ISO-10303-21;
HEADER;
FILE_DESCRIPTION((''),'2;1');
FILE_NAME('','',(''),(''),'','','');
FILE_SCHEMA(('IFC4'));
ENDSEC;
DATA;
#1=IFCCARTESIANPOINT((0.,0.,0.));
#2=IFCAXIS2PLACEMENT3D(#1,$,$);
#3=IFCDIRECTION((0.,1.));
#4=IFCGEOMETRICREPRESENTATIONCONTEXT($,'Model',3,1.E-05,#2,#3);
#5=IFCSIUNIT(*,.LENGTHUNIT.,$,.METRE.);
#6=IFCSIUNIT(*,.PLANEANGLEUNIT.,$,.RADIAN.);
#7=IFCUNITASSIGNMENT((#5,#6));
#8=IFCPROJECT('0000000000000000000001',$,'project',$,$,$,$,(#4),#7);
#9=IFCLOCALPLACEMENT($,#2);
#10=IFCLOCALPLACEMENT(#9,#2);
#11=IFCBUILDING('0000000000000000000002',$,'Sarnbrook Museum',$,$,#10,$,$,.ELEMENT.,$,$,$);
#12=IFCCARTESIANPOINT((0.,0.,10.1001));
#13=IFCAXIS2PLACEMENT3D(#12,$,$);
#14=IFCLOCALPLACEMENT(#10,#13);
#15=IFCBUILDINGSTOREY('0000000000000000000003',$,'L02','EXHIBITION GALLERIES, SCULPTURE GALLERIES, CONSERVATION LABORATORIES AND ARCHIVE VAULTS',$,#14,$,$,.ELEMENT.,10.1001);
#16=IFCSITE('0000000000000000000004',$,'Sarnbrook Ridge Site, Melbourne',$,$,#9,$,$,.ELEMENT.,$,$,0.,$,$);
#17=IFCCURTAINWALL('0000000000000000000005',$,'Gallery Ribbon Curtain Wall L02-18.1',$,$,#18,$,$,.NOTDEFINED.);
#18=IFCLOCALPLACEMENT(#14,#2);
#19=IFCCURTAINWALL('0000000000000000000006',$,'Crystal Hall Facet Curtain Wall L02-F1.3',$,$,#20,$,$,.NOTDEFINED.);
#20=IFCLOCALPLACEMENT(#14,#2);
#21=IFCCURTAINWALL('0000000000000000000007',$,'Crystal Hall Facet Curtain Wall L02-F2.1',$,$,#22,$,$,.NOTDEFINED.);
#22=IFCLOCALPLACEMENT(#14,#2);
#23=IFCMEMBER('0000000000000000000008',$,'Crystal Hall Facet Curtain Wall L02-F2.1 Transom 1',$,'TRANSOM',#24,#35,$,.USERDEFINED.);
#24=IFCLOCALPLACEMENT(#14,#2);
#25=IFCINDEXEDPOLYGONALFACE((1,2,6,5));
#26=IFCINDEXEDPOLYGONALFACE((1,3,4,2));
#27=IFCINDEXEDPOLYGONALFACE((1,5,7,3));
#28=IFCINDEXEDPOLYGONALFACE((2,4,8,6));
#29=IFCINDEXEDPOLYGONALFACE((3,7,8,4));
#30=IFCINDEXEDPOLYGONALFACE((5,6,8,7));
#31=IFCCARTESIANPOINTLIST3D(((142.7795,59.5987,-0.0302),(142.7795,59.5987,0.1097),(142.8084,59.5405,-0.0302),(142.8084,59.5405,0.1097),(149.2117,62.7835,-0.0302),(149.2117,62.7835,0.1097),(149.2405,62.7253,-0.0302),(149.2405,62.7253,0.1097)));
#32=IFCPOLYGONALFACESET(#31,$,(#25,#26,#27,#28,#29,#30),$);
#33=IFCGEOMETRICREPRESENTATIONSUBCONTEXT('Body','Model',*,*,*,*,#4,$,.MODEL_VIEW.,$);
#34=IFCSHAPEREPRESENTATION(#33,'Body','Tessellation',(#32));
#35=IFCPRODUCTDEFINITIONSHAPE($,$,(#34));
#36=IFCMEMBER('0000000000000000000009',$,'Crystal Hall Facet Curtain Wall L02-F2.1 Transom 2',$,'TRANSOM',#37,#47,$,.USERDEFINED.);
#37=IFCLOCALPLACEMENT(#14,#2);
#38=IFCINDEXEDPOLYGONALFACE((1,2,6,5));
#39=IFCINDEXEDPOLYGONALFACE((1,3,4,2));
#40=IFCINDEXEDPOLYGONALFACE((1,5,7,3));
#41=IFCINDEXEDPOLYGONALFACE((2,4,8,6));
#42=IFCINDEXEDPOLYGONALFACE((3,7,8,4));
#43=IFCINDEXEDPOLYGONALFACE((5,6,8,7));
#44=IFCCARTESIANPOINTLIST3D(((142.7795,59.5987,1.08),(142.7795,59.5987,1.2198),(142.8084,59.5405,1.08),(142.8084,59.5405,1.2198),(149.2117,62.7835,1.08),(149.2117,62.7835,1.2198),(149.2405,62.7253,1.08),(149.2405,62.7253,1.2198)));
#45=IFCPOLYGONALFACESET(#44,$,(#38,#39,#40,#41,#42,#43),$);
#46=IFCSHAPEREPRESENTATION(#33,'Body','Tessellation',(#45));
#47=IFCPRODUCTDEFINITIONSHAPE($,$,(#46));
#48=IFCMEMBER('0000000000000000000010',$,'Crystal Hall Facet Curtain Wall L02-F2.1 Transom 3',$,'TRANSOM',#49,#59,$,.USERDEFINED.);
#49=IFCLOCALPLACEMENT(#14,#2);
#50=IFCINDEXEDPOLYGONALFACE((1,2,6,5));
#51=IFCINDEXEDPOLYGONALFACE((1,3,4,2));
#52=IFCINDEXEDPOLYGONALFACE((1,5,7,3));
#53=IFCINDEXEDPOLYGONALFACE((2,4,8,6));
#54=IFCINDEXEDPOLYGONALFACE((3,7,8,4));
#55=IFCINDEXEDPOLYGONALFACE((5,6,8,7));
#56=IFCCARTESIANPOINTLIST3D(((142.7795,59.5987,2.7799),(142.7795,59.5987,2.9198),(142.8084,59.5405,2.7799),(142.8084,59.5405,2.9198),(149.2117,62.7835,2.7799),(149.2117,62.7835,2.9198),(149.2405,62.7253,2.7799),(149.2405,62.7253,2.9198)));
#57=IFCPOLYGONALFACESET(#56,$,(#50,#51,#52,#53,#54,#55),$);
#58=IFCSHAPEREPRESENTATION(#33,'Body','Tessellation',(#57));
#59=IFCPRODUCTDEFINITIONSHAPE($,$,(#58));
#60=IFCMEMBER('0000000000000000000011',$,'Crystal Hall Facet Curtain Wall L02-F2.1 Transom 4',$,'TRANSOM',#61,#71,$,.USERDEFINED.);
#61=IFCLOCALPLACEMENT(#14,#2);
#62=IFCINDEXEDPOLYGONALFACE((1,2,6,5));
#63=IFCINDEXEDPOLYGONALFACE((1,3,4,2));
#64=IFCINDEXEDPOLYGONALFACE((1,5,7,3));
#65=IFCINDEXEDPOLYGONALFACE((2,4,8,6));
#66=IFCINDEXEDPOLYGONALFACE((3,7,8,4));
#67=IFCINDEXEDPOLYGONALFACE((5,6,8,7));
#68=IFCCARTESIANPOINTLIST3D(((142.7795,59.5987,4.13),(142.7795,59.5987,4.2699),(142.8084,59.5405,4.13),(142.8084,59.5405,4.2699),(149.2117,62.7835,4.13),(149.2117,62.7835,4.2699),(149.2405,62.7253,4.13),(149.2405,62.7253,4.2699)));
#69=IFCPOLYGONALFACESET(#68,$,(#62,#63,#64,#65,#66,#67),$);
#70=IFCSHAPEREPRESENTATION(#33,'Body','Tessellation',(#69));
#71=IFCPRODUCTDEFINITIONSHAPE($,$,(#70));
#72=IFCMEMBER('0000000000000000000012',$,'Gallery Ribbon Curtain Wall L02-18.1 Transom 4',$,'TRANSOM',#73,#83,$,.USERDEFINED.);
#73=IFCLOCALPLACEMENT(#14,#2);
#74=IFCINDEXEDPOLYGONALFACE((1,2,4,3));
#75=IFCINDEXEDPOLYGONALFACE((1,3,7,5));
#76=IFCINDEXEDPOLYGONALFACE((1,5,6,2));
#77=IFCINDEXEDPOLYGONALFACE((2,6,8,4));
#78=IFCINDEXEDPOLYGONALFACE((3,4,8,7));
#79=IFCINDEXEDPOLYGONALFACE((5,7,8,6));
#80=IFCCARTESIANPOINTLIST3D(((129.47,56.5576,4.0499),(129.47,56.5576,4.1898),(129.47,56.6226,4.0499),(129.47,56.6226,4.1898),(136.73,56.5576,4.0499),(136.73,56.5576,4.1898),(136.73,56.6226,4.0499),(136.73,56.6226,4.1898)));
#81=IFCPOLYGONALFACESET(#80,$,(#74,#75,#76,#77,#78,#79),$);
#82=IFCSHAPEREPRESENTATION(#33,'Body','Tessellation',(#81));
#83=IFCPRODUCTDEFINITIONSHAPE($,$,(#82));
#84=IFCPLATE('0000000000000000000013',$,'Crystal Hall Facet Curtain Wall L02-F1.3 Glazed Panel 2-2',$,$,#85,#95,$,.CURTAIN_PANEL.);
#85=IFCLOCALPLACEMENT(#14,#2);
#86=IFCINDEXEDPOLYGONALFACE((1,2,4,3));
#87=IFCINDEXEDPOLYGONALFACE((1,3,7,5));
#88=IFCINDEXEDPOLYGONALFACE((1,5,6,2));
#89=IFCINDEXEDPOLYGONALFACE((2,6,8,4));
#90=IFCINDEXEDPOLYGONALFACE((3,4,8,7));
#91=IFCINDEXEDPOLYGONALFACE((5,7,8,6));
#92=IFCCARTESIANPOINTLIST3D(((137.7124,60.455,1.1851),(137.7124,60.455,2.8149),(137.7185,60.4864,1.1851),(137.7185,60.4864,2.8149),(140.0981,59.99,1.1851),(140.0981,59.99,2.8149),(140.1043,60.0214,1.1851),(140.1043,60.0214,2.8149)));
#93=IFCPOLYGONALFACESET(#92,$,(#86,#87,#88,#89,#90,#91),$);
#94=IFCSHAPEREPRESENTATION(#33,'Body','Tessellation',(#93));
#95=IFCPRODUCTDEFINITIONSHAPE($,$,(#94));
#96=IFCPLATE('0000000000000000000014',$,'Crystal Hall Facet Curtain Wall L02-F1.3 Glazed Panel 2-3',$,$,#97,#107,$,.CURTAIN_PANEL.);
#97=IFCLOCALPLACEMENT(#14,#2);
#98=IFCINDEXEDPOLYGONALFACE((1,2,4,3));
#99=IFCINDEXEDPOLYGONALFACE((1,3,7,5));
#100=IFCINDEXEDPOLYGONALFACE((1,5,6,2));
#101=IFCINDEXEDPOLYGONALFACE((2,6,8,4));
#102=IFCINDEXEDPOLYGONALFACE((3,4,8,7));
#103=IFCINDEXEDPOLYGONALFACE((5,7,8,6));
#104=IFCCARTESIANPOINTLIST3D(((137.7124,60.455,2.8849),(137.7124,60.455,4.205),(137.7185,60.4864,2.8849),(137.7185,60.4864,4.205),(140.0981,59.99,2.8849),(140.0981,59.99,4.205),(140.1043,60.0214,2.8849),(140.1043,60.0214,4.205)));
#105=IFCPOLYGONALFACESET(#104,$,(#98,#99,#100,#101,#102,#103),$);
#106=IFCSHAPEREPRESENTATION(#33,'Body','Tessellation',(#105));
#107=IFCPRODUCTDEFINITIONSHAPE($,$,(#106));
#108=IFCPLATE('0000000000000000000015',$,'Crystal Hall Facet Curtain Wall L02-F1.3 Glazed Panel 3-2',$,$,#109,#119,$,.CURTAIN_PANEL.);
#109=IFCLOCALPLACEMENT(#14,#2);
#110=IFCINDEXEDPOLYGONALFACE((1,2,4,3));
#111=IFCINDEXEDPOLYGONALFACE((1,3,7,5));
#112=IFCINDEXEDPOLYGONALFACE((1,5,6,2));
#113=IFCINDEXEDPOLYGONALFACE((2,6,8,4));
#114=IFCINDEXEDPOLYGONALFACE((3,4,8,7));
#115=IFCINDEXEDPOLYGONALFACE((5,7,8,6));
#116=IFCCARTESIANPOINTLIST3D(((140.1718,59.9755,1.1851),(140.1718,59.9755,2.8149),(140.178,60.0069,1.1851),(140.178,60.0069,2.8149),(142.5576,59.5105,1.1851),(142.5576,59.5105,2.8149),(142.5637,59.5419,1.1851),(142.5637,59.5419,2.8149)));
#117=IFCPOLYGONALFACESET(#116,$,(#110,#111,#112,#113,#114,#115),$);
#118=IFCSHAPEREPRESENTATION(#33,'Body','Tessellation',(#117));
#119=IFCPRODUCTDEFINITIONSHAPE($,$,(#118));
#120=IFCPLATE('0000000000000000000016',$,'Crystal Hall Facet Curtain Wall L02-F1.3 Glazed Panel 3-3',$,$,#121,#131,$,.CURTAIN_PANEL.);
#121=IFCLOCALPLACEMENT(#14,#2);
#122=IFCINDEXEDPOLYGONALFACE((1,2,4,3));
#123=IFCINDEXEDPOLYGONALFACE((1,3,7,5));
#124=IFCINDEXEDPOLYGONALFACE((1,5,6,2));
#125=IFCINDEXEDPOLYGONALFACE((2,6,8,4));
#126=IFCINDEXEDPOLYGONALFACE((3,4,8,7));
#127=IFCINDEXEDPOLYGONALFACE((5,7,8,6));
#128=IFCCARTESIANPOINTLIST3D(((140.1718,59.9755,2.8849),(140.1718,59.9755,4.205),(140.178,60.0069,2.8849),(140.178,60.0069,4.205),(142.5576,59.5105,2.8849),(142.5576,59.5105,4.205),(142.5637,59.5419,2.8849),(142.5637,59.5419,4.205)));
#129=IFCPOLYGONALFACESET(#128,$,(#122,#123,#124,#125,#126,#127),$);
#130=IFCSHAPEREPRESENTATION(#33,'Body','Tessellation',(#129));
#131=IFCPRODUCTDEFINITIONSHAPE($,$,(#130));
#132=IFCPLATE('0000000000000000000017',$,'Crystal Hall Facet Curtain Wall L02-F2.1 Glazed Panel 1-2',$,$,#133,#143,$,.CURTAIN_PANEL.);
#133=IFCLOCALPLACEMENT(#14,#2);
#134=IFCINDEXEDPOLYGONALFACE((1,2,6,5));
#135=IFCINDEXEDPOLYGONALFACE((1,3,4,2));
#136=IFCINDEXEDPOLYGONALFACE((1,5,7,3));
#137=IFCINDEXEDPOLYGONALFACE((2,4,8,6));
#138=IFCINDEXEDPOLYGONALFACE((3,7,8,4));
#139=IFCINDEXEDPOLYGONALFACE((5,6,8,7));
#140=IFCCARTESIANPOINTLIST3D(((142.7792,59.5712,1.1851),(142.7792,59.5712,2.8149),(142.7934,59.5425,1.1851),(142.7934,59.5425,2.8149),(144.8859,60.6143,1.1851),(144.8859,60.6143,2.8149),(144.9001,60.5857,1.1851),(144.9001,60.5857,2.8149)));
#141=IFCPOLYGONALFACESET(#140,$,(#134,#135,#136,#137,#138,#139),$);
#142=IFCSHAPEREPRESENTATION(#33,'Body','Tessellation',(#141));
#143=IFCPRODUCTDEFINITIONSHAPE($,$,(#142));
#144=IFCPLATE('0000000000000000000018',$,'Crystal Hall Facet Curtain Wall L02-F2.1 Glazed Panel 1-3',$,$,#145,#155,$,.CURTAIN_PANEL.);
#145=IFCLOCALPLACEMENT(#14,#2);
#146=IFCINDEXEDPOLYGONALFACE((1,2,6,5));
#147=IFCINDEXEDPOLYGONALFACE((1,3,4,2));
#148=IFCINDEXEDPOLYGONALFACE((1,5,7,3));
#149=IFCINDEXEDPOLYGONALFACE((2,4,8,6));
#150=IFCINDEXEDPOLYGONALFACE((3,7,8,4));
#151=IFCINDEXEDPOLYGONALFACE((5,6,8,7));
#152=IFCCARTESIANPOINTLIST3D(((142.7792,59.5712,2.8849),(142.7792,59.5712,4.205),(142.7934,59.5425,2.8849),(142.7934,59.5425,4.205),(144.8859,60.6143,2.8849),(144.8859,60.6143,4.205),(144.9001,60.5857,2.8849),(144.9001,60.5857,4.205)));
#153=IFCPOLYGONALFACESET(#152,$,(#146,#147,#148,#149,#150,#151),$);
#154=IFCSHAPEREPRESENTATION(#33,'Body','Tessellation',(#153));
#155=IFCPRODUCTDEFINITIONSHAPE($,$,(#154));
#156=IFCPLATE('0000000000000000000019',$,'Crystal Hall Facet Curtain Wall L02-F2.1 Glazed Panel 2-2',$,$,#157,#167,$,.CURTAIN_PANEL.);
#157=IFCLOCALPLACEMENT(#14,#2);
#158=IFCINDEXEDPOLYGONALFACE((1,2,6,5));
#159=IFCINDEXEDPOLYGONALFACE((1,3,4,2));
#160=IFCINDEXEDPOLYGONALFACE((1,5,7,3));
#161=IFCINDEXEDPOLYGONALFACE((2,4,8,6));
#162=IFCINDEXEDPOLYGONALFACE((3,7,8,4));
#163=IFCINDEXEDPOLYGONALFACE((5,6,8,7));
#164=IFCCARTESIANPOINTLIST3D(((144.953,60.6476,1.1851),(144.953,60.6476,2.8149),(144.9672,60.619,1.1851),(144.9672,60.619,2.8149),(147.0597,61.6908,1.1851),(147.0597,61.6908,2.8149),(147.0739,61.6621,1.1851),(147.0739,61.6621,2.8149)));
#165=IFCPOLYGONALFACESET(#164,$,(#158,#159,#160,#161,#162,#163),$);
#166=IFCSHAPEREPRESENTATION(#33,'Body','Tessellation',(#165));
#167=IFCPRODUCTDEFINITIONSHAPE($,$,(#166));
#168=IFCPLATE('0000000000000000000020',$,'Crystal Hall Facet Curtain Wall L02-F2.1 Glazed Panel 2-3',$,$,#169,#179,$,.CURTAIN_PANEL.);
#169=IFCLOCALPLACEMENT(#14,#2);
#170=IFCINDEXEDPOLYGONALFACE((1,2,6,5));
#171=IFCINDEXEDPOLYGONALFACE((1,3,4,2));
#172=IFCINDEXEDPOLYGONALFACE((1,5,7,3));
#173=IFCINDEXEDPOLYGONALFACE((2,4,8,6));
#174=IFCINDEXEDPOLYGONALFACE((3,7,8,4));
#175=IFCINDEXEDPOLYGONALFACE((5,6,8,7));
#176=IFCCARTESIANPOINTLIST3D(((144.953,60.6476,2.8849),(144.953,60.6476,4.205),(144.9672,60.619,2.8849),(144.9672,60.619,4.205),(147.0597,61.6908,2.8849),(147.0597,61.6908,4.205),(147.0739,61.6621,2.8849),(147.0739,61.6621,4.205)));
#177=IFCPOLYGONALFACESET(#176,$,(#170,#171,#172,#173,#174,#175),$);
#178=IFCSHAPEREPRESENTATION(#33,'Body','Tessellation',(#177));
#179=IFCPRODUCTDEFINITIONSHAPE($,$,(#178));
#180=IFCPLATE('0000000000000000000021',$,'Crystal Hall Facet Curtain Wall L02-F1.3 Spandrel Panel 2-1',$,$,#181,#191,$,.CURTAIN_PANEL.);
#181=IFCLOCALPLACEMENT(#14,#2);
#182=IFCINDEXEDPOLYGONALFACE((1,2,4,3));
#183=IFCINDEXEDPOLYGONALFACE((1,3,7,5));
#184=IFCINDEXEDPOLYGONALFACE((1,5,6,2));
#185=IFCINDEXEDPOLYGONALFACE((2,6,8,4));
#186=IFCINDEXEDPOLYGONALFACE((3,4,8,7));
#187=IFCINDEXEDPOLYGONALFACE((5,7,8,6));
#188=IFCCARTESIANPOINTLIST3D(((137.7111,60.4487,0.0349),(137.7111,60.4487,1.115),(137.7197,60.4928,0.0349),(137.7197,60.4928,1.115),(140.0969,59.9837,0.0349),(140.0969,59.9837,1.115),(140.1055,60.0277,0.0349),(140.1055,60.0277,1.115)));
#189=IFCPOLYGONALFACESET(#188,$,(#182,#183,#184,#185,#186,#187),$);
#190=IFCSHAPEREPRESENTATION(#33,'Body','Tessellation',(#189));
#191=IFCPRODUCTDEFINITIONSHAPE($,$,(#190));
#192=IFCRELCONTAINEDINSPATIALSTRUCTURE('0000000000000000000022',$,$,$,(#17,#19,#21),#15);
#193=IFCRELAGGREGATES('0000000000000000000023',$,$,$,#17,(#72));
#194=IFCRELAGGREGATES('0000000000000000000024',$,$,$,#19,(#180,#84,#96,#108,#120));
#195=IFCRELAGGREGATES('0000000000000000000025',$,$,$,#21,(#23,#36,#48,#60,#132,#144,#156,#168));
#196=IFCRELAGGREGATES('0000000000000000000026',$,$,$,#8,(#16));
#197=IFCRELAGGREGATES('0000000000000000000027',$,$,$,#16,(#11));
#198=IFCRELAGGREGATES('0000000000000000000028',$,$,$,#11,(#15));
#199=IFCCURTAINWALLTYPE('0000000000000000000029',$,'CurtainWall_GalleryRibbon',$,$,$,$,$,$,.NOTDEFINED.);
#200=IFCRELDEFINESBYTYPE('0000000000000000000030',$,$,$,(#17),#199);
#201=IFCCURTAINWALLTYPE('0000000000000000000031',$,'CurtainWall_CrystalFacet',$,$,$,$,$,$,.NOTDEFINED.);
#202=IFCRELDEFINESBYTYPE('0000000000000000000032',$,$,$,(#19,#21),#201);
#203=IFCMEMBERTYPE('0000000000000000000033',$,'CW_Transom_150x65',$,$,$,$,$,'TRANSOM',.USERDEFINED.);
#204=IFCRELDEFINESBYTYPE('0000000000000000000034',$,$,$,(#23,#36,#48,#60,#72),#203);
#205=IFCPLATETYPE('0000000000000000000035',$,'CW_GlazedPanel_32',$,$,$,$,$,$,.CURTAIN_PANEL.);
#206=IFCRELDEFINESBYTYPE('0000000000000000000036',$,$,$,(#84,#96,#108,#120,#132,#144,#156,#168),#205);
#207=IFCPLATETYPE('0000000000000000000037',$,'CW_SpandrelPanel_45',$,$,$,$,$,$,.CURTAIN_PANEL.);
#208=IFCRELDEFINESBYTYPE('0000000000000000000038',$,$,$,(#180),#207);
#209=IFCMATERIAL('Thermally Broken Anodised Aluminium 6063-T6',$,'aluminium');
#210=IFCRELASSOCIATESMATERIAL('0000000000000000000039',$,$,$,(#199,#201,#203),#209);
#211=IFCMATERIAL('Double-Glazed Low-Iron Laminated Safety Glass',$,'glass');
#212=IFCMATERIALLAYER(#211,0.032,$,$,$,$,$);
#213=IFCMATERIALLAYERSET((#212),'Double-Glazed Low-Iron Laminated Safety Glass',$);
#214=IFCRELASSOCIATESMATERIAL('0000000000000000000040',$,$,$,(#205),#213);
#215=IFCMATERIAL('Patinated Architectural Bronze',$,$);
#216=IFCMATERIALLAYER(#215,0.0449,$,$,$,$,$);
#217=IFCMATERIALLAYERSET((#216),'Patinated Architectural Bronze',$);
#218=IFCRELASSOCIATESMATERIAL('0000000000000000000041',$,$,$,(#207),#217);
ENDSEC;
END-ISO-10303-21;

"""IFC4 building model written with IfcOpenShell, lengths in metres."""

from ifc_helpers import new_model, si_unit, direction, frame, origin, origin_2d, place, context, subcontext, project, spatial, rectangle, extrude, material, layer, layer_set, material_profile, profile_set, type_object, element, aggregate, save


model = new_model("IFC4")

# Units and contexts
model_context = context("Model", 3, precision=1e-05, world=origin(), true_north=direction((0.0, 1.0)))
body_context = subcontext(model_context, "Body", "Model", "MODEL_VIEW")
ifc_project = project(units=[si_unit("LENGTHUNIT", "METRE"), si_unit("PLANEANGLEUNIT", "RADIAN")], contexts=[model_context])

# Site, building, storey
site_placement = place(None, origin())
site = spatial("IfcSite", under=ifc_project, at=site_placement, Name="Sarnbrook Ridge Site, Melbourne", CompositionType="ELEMENT", RefElevation=0.0)
building_placement = place(site_placement, origin())
building = spatial("IfcBuilding", under=site, at=building_placement, Name="Sarnbrook Museum", CompositionType="ELEMENT")
storey_placement = place(building_placement, frame((0.0, 0.0, 10.1001)))
storey = spatial("IfcBuildingStorey", under=building, at=storey_placement, Name="L02", Description="EXHIBITION GALLERIES, SCULPTURE GALLERIES, CONSERVATION LABORATORIES AND ARCHIVE VAULTS", CompositionType="ELEMENT", Elevation=10.1001)

# Curtain wall
ifc_material_1 = material(Name="Thermally Broken Anodised Aluminium 6063-T6", Category="aluminium")
curtain_wall_type_1 = type_object("IfcCurtainWallType", Name="CurtainWall_GalleryRibbon", PredefinedType="NOTDEFINED", material=ifc_material_1)
curtain_wall_1_placement = place(storey_placement, origin())
curtain_wall_1 = element("IfcCurtainWall", 1, at=curtain_wall_1_placement, inside=storey, type_object=curtain_wall_type_1, Name="Gallery Ribbon Curtain Wall L02-18.1", PredefinedType="NOTDEFINED")

# Curtain walls, members
curtain_wall_type_2 = type_object("IfcCurtainWallType", Name="CurtainWall_CrystalFacet", PredefinedType="NOTDEFINED", material=ifc_material_1)
curtain_wall_2_placement = place(storey_placement, origin())
curtain_wall_2 = element("IfcCurtainWall", 2, at=curtain_wall_2_placement, inside=storey, type_object=curtain_wall_type_2, Name="Crystal Hall Facet Curtain Wall L02-F1.3", PredefinedType="NOTDEFINED")
curtain_wall_3_placement = place(storey_placement, origin())
curtain_wall_3 = element("IfcCurtainWall", 3, at=curtain_wall_3_placement, inside=storey, type_object=curtain_wall_type_2, Name="Crystal Hall Facet Curtain Wall L02-F2.1", PredefinedType="NOTDEFINED")
ifc_material_profile_1 = material_profile(ifc_material_1, rectangle(XDim=0.0649, YDim=0.1399, at=origin_2d()), Name="ALU TRANSOM 65x140")
ifc_profile_set_1 = profile_set([ifc_material_profile_1], Name="Thermally Broken Anodised Aluminium 6063-T6")
member_type_1 = type_object("IfcMemberType", Name="CW_Transom_150x65", ElementType="TRANSOM", PredefinedType="USERDEFINED", material=ifc_profile_set_1)
member_1_placement = place(storey_placement, frame((142.7939, 59.5696, 0.0398), z_axis=(0.896162, 0.443727, 0.0), x_axis=(-0.443727, 0.896162, 0.0)))
member_1 = element("IfcMember", 4, at=member_1_placement, type_object=member_type_1, Name="Crystal Hall Facet Curtain Wall L02-F2.1 Transom 1", ObjectType="TRANSOM", PredefinedType="USERDEFINED", context=body_context, shape_type="SweptSolid", body=[
    extrude(rectangle(XDim=0.0649, YDim=0.1399, at=origin_2d()), origin(), (0.0, 0.0, 1.0), 7.1775),
])
member_2_placement = place(storey_placement, frame((142.7939, 59.5696, 1.1499), z_axis=(0.896162, 0.443727, 0.0), x_axis=(-0.443727, 0.896162, 0.0)))
member_2 = element("IfcMember", 5, at=member_2_placement, type_object=member_type_1, Name="Crystal Hall Facet Curtain Wall L02-F2.1 Transom 2", ObjectType="TRANSOM", PredefinedType="USERDEFINED", context=body_context, shape_type="SweptSolid", body=[
    extrude(rectangle(XDim=0.0649, YDim=0.1399, at=origin_2d()), origin(), (0.0, 0.0, 1.0), 7.1775),
])
member_3_placement = place(storey_placement, frame((142.7939, 59.5696, 2.8499), z_axis=(0.896162, 0.443727, 0.0), x_axis=(-0.443727, 0.896162, 0.0)))
member_3 = element("IfcMember", 6, at=member_3_placement, type_object=member_type_1, Name="Crystal Hall Facet Curtain Wall L02-F2.1 Transom 3", ObjectType="TRANSOM", PredefinedType="USERDEFINED", context=body_context, shape_type="SweptSolid", body=[
    extrude(rectangle(XDim=0.0649, YDim=0.1399, at=origin_2d()), origin(), (0.0, 0.0, 1.0), 7.1775),
])
member_4_placement = place(storey_placement, frame((142.7939, 59.5696, 4.2), z_axis=(0.896162, 0.443727, 0.0), x_axis=(-0.443727, 0.896162, 0.0)))
member_4 = element("IfcMember", 7, at=member_4_placement, type_object=member_type_1, Name="Crystal Hall Facet Curtain Wall L02-F2.1 Transom 4", ObjectType="TRANSOM", PredefinedType="USERDEFINED", context=body_context, shape_type="SweptSolid", body=[
    extrude(rectangle(XDim=0.0649, YDim=0.1399, at=origin_2d()), origin(), (0.0, 0.0, 1.0), 7.1775),
])

# Member
member_5_placement = place(storey_placement, frame((136.73, 56.5901, 4.1199), z_axis=(-1.0, 0.0, 0.0), x_axis=(0.0, -1.0, 0.0)))
member_5 = element("IfcMember", 8, at=member_5_placement, type_object=member_type_1, Name="Gallery Ribbon Curtain Wall L02-18.1 Transom 4", ObjectType="TRANSOM", PredefinedType="USERDEFINED", context=body_context, shape_type="SweptSolid", body=[
    extrude(rectangle(XDim=0.0649, YDim=0.1399, at=origin_2d()), origin(), (0.0, 0.0, 1.0), 7.26),
])
aggregate(curtain_wall_1, [member_5])

# Plates
ifc_material_2 = material(Name="Double-Glazed Low-Iron Laminated Safety Glass", Category="glass")
ifc_layer_1 = layer(ifc_material_2, 0.032)
ifc_layer_set_1 = layer_set([ifc_layer_1], Name="Double-Glazed Low-Iron Laminated Safety Glass")
plate_type_1 = type_object("IfcPlateType", Name="CW_GlazedPanel_32", PredefinedType="CURTAIN_PANEL", material=ifc_layer_set_1)
plate_1_placement = place(storey_placement, frame((138.9114, 60.2539, 2.0), z_axis=(-0.191313, -0.981529, 0.0), x_axis=(0.981529, -0.191313, 0.0)))
plate_1 = element("IfcPlate", 9, at=plate_1_placement, type_object=plate_type_1, Name="Crystal Hall Facet Curtain Wall L02-F1.3 Glazed Panel 2-2", PredefinedType="CURTAIN_PANEL", context=body_context, shape_type="SweptSolid", body=[
    extrude(rectangle(XDim=2.4307, YDim=1.6299, at=origin_2d()), origin(), (0.0, 0.0, 1.0), 0.032),
])
plate_2_placement = place(storey_placement, frame((138.9114, 60.2539, 3.5449), z_axis=(-0.191313, -0.981529, 0.0), x_axis=(0.981529, -0.191313, 0.0)))
plate_2 = element("IfcPlate", 10, at=plate_2_placement, type_object=plate_type_1, Name="Crystal Hall Facet Curtain Wall L02-F1.3 Glazed Panel 2-3", PredefinedType="CURTAIN_PANEL", context=body_context, shape_type="SweptSolid", body=[
    extrude(rectangle(XDim=2.4307, YDim=1.3201, at=origin_2d()), origin(), (0.0, 0.0, 1.0), 0.032),
])
plate_3_placement = place(storey_placement, frame((141.3708, 59.7744, 2.0), z_axis=(-0.191313, -0.981529, 0.0), x_axis=(0.981529, -0.191313, 0.0)))
plate_3 = element("IfcPlate", 11, at=plate_3_placement, type_object=plate_type_1, Name="Crystal Hall Facet Curtain Wall L02-F1.3 Glazed Panel 3-2", PredefinedType="CURTAIN_PANEL", context=body_context, shape_type="SweptSolid", body=[
    extrude(rectangle(XDim=2.4307, YDim=1.6299, at=origin_2d()), origin(), (0.0, 0.0, 1.0), 0.032),
])
plate_4_placement = place(storey_placement, frame((141.3708, 59.7744, 3.5449), z_axis=(-0.191313, -0.981529, 0.0), x_axis=(0.981529, -0.191313, 0.0)))
plate_4 = element("IfcPlate", 12, at=plate_4_placement, type_object=plate_type_1, Name="Crystal Hall Facet Curtain Wall L02-F1.3 Glazed Panel 3-3", PredefinedType="CURTAIN_PANEL", context=body_context, shape_type="SweptSolid", body=[
    extrude(rectangle(XDim=2.4307, YDim=1.3201, at=origin_2d()), origin(), (0.0, 0.0, 1.0), 0.032),
])
plate_5_placement = place(storey_placement, frame((143.8325, 60.0928, 2.0), z_axis=(0.44373, -0.89616, 0.0), x_axis=(0.89616, 0.44373, 0.0)))
plate_5 = element("IfcPlate", 13, at=plate_5_placement, type_object=plate_type_1, Name="Crystal Hall Facet Curtain Wall L02-F2.1 Glazed Panel 1-2", PredefinedType="CURTAIN_PANEL", context=body_context, shape_type="SweptSolid", body=[
    extrude(rectangle(XDim=2.3508, YDim=1.6299, at=origin_2d()), origin(), (0.0, 0.0, 1.0), 0.032),
])
plate_6_placement = place(storey_placement, frame((143.8325, 60.0928, 3.5449), z_axis=(0.44373, -0.89616, 0.0), x_axis=(0.89616, 0.44373, 0.0)))
plate_6 = element("IfcPlate", 14, at=plate_6_placement, type_object=plate_type_1, Name="Crystal Hall Facet Curtain Wall L02-F2.1 Glazed Panel 1-3", PredefinedType="CURTAIN_PANEL", context=body_context, shape_type="SweptSolid", body=[
    extrude(rectangle(XDim=2.3508, YDim=1.3201, at=origin_2d()), origin(), (0.0, 0.0, 1.0), 0.032),
])
plate_7_placement = place(storey_placement, frame((146.0063, 61.1692, 2.0), z_axis=(0.44373, -0.89616, 0.0), x_axis=(0.89616, 0.44373, 0.0)))
plate_7 = element("IfcPlate", 15, at=plate_7_placement, type_object=plate_type_1, Name="Crystal Hall Facet Curtain Wall L02-F2.1 Glazed Panel 2-2", PredefinedType="CURTAIN_PANEL", context=body_context, shape_type="SweptSolid", body=[
    extrude(rectangle(XDim=2.3508, YDim=1.6299, at=origin_2d()), origin(), (0.0, 0.0, 1.0), 0.032),
])
plate_8_placement = place(storey_placement, frame((146.0063, 61.1692, 3.5449), z_axis=(0.44373, -0.89616, 0.0), x_axis=(0.89616, 0.44373, 0.0)))
plate_8 = element("IfcPlate", 16, at=plate_8_placement, type_object=plate_type_1, Name="Crystal Hall Facet Curtain Wall L02-F2.1 Glazed Panel 2-3", PredefinedType="CURTAIN_PANEL", context=body_context, shape_type="SweptSolid", body=[
    extrude(rectangle(XDim=2.3508, YDim=1.3201, at=origin_2d()), origin(), (0.0, 0.0, 1.0), 0.032),
])
ifc_material_3 = material(Name="Patinated Architectural Bronze")
ifc_layer_2 = layer(ifc_material_3, 0.0449)
ifc_layer_set_2 = layer_set([ifc_layer_2], Name="Patinated Architectural Bronze")
plate_type_2 = type_object("IfcPlateType", Name="CW_SpandrelPanel_45", PredefinedType="CURTAIN_PANEL", material=ifc_layer_set_2)
plate_9_placement = place(storey_placement, frame((138.9126, 60.2603, 0.575), z_axis=(-0.191313, -0.981529, 0.0), x_axis=(0.981529, -0.191313, 0.0)))
plate_9 = element("IfcPlate", 17, at=plate_9_placement, type_object=plate_type_2, Name="Crystal Hall Facet Curtain Wall L02-F1.3 Spandrel Panel 2-1", PredefinedType="CURTAIN_PANEL", context=body_context, shape_type="SweptSolid", body=[
    extrude(rectangle(XDim=2.4307, YDim=1.0801, at=origin_2d()), origin(), (0.0, 0.0, 1.0), 0.0449),
])
aggregate(curtain_wall_2, [plate_9, plate_1, plate_2, plate_3, plate_4])
aggregate(curtain_wall_3, [member_1, member_2, member_3, member_4, plate_5, plate_6, plate_7, plate_8])

save(model, "model.ifc")
